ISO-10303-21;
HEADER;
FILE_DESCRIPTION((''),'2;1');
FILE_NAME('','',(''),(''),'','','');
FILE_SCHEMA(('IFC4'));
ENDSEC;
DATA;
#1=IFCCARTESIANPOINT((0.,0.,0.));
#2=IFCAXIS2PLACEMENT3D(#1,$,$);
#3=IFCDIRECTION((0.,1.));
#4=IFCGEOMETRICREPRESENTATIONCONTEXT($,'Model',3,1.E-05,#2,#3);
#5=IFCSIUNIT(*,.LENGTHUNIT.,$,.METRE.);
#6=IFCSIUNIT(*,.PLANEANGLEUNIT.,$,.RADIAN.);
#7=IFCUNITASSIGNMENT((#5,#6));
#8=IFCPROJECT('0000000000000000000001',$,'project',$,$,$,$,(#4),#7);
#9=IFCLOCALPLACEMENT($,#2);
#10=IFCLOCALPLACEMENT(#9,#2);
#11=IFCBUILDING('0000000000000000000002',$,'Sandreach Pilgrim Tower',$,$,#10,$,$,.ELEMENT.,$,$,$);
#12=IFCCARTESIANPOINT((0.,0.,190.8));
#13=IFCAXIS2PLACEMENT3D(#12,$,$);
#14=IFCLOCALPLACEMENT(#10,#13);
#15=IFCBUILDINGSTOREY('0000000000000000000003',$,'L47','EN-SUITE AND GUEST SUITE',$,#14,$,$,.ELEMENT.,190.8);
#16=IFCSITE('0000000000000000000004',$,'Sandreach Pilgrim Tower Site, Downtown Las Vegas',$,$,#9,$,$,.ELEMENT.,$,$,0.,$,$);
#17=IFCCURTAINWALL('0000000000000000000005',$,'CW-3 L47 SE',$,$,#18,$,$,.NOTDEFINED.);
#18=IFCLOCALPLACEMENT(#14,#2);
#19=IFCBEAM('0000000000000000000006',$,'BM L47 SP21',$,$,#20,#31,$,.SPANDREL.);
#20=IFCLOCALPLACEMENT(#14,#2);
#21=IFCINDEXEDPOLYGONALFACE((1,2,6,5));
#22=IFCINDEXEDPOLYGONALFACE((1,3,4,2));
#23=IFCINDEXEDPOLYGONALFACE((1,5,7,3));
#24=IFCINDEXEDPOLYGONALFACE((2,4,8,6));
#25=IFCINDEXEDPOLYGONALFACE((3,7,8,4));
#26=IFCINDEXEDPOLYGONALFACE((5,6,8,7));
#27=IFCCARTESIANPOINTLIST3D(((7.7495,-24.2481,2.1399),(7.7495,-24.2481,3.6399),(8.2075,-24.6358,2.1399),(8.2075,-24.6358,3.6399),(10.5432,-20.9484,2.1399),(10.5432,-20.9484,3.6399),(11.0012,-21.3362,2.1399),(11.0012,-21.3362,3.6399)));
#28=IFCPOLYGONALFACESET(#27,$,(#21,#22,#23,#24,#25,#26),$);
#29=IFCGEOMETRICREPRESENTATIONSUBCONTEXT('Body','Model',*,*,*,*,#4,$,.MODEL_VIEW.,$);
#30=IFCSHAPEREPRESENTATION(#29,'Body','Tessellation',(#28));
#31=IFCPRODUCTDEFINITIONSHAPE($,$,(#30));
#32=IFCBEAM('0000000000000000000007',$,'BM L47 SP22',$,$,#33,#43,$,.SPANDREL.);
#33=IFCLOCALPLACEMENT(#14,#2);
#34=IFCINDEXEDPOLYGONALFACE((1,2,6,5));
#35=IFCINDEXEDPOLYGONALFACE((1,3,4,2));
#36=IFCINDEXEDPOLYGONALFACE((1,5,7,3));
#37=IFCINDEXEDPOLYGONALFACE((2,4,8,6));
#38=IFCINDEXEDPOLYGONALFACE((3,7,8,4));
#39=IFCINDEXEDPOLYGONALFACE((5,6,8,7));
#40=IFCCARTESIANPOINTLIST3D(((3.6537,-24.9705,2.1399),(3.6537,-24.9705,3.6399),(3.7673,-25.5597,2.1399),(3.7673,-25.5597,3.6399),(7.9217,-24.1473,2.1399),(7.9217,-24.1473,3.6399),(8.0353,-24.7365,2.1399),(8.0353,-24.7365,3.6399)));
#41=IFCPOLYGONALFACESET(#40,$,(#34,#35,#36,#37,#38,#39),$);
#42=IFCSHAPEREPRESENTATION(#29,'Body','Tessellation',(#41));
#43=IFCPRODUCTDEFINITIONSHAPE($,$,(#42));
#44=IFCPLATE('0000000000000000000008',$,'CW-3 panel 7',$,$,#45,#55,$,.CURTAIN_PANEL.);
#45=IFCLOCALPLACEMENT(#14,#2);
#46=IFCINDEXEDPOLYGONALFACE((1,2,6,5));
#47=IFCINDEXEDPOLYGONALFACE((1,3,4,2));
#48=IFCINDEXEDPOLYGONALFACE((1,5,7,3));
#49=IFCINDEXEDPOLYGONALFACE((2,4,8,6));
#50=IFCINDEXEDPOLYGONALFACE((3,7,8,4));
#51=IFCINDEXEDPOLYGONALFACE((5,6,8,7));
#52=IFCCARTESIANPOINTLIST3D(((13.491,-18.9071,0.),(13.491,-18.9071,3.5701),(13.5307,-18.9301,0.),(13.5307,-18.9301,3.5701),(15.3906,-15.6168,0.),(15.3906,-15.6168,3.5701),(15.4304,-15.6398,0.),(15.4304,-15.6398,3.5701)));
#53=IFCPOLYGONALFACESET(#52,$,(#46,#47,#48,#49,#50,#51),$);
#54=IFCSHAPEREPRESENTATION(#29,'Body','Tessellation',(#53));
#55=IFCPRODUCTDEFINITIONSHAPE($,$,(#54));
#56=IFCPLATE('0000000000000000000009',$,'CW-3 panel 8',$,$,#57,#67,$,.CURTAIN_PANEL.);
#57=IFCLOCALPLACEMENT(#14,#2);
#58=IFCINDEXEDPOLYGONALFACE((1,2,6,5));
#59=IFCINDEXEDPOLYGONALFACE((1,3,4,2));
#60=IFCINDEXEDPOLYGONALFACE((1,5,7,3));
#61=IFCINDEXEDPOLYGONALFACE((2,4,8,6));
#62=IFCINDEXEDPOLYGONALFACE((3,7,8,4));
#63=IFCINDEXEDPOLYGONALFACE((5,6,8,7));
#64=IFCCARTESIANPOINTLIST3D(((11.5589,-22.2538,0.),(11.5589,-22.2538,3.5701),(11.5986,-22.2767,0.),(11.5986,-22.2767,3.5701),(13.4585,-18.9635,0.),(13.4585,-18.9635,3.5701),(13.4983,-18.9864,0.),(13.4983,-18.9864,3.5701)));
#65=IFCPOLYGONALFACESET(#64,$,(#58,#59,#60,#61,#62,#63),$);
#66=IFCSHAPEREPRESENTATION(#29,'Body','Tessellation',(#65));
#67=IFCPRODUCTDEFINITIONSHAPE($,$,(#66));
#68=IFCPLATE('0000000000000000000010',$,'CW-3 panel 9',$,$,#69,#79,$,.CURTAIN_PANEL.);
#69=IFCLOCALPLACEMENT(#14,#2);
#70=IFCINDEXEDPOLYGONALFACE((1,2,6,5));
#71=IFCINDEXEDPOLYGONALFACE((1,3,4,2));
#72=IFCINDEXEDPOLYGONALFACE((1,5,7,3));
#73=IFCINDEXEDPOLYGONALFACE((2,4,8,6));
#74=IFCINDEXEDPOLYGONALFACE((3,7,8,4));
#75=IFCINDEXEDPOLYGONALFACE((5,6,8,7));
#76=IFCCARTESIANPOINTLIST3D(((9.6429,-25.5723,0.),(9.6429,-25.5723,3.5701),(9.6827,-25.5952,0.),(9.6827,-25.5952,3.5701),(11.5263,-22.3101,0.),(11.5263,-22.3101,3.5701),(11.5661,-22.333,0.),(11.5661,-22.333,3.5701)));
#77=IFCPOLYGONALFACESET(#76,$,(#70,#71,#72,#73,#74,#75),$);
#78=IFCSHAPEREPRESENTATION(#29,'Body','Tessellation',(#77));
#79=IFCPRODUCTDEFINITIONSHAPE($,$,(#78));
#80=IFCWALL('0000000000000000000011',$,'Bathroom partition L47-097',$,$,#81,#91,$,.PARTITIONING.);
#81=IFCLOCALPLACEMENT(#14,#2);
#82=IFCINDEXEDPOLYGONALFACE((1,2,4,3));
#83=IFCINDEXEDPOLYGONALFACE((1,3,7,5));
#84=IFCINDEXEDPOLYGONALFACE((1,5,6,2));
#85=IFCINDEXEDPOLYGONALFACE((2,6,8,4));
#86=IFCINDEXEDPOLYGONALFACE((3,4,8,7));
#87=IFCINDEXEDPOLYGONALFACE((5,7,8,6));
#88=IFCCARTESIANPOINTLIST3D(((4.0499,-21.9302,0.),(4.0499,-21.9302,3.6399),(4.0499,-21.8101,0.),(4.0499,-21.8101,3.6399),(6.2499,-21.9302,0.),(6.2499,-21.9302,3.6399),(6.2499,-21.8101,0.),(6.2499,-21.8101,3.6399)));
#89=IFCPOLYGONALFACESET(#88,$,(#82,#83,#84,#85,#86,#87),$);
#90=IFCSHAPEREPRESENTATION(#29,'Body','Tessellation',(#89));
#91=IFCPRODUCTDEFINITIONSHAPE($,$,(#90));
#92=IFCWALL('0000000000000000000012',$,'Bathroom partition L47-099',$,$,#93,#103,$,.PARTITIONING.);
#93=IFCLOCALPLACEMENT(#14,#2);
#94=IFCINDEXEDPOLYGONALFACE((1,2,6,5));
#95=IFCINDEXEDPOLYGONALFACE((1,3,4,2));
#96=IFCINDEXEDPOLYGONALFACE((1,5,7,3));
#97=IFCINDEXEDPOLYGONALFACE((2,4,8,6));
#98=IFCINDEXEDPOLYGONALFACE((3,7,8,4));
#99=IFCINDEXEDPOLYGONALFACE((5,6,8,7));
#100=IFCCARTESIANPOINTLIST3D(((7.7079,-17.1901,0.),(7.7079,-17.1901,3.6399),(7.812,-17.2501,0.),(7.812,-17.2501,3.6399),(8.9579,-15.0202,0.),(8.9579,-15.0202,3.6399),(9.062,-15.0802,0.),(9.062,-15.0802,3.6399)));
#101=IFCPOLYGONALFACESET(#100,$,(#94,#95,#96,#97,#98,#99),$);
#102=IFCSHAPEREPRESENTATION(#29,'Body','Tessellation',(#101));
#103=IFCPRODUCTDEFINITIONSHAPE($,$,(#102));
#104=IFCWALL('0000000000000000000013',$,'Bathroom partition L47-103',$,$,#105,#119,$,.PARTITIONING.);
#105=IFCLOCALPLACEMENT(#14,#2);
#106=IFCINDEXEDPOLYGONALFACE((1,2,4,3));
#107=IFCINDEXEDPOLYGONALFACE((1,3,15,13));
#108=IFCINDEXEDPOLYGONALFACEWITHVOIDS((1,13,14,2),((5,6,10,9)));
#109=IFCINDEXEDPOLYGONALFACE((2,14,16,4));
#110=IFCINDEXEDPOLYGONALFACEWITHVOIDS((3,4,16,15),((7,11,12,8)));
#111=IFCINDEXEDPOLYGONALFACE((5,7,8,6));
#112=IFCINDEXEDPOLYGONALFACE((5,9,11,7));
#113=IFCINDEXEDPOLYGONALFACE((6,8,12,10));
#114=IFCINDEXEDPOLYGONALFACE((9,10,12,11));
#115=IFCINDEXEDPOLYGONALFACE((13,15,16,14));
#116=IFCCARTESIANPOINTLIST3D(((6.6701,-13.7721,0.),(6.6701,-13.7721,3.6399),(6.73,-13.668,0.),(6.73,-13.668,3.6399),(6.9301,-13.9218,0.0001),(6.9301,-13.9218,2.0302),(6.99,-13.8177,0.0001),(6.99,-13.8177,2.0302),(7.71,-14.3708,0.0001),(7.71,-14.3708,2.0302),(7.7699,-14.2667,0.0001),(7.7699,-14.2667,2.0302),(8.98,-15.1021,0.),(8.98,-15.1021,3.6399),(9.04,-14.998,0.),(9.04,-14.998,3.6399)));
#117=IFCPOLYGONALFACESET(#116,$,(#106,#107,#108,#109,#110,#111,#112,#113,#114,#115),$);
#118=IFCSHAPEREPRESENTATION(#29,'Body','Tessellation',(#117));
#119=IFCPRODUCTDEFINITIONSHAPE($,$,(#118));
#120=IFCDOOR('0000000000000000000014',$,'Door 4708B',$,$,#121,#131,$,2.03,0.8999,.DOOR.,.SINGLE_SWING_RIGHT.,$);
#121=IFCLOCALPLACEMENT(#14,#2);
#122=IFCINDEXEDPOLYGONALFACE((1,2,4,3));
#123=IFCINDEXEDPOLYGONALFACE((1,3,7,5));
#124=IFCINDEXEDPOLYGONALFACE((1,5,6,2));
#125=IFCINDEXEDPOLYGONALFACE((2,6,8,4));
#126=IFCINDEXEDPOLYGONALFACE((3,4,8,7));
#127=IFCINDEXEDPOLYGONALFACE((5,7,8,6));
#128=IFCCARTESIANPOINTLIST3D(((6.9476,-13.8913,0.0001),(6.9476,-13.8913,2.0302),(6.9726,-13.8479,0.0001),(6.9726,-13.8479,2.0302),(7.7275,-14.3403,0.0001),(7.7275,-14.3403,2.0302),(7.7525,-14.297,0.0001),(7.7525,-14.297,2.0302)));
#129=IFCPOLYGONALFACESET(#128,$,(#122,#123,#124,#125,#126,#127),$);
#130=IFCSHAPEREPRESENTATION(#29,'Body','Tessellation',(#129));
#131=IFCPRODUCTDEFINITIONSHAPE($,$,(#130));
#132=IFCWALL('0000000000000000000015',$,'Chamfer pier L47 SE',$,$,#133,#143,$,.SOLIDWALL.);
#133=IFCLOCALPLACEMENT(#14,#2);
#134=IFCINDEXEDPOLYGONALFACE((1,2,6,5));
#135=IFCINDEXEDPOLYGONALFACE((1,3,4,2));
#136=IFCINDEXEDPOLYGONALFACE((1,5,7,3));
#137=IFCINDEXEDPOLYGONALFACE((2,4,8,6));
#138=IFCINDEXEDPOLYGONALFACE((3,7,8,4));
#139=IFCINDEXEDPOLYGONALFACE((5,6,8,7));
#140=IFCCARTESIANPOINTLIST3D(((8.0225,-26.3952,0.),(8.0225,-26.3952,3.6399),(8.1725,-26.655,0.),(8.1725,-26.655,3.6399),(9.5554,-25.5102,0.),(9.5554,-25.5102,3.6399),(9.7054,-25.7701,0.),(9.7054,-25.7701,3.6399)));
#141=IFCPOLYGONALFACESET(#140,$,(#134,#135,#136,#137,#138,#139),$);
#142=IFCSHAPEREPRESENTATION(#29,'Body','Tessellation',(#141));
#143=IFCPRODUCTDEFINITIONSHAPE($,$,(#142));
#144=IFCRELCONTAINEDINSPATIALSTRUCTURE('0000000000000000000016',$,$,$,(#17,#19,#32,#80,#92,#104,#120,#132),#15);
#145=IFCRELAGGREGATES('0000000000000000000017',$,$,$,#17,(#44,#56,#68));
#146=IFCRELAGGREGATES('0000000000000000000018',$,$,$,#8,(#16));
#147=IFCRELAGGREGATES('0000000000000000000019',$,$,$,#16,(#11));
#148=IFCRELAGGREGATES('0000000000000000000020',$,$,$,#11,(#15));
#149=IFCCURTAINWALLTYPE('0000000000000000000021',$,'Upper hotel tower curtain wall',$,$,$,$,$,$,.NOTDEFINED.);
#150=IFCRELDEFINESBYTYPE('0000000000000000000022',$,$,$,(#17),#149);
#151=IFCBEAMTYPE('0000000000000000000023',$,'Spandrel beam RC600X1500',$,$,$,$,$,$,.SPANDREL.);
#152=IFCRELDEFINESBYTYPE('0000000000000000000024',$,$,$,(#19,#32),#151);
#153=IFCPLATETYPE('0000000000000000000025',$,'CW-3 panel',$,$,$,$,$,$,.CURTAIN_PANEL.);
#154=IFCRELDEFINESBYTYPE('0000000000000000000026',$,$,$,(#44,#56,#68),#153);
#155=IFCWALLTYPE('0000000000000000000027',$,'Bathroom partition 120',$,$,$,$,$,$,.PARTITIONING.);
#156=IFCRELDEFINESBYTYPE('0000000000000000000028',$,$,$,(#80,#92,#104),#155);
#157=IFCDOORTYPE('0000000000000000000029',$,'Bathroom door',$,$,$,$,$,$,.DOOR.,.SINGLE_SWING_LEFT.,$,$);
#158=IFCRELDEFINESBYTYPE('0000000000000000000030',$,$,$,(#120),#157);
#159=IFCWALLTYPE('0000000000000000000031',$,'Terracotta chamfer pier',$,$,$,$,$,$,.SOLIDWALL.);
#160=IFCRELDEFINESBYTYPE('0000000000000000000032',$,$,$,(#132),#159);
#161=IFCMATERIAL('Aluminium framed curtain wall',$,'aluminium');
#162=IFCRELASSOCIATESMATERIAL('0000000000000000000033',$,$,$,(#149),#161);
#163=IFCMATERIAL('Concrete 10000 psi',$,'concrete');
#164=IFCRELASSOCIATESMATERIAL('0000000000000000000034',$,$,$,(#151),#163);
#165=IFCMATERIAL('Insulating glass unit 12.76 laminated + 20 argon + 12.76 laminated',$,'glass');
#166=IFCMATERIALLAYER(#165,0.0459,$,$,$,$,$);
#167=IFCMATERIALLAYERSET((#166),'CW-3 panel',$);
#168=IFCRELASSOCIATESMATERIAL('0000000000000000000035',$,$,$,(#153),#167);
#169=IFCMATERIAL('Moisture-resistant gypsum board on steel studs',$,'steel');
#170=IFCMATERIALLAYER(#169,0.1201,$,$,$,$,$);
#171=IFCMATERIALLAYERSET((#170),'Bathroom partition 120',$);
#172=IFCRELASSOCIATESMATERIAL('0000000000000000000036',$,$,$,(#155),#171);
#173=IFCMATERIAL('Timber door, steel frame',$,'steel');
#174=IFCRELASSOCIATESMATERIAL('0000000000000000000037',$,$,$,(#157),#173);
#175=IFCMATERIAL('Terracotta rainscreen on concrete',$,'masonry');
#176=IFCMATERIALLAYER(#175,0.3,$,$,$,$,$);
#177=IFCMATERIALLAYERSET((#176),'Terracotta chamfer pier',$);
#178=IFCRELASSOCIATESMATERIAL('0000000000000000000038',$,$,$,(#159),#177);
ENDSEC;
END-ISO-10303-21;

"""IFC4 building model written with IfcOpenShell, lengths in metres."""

from ifc_helpers import new_model, si_unit, direction, frame, frame_2d, origin, origin_2d, place, context, subcontext, project, spatial, rectangle, extrude, material, layer, layer_set, material_profile, profile_set, type_object, element, fill, aggregate, save


model = new_model("IFC4")

# Units and contexts
model_context = context("Model", 3, precision=1e-05, world=origin(), true_north=direction((0.0, 1.0)))
body_context = subcontext(model_context, "Body", "Model", "MODEL_VIEW")
ifc_project = project(units=[si_unit("LENGTHUNIT", "METRE"), si_unit("PLANEANGLEUNIT", "RADIAN")], contexts=[model_context])

# Site, building, storey
site_placement = place(None, origin())
site = spatial("IfcSite", under=ifc_project, at=site_placement, Name="Sandreach Pilgrim Tower Site, Downtown Las Vegas", CompositionType="ELEMENT", RefElevation=0.0)
building_placement = place(site_placement, origin())
building = spatial("IfcBuilding", under=site, at=building_placement, Name="Sandreach Pilgrim Tower", CompositionType="ELEMENT")
storey_placement = place(building_placement, frame((0.0, 0.0, 190.8)))
storey = spatial("IfcBuildingStorey", under=building, at=storey_placement, Name="L47", Description="EN-SUITE AND GUEST SUITE", CompositionType="ELEMENT", Elevation=190.8)

# Curtain wall
ifc_material_1 = material(Name="Aluminium framed curtain wall", Category="aluminium")
curtain_wall_type = type_object("IfcCurtainWallType", Name="Upper hotel tower curtain wall", PredefinedType="NOTDEFINED", material=ifc_material_1)
curtain_wall_1_placement = place(storey_placement, origin())
curtain_wall_1 = element("IfcCurtainWall", 1, at=curtain_wall_1_placement, inside=storey, type_object=curtain_wall_type, Name="CW-3 L47 SE", PredefinedType="NOTDEFINED")

# Beams
ifc_material_2 = material(Name="Concrete 10000 psi", Category="concrete")
ifc_material_profile_1 = material_profile(ifc_material_2, rectangle(XDim=0.6001, YDim=1.5, at=origin_2d()), Name="RC600X1500")
ifc_profile_set_1 = profile_set([ifc_material_profile_1], Name="Concrete 10000 psi")
beam_type_1 = type_object("IfcBeamType", Name="Spandrel beam RC600X1500", PredefinedType="SPANDREL", material=ifc_profile_set_1)
beam_1_placement = place(storey_placement, frame((10.7722, -21.1423, 2.8899), z_axis=(-0.64618, -0.763185, 0.0), x_axis=(0.763185, -0.64618, 0.0)))
element("IfcBeam", 2, at=beam_1_placement, inside=storey, type_object=beam_type_1, Name="BM L47 SP21", PredefinedType="SPANDREL", context=body_context, shape_type="SweptSolid", body=[
    extrude(rectangle(XDim=0.6001, YDim=1.5, at=origin_2d()), origin(), (0.0, 0.0, 1.0), 4.3235),
])
beam_2_placement = place(storey_placement, frame((7.9785, -24.4419, 2.8899), z_axis=(-0.981901, -0.189393, 0.0), x_axis=(0.189393, -0.981901, 0.0)))
element("IfcBeam", 3, at=beam_2_placement, inside=storey, type_object=beam_type_1, Name="BM L47 SP22", PredefinedType="SPANDREL", context=body_context, shape_type="SweptSolid", body=[
    extrude(rectangle(XDim=0.6001, YDim=1.5, at=origin_2d()), origin(), (0.0, 0.0, 1.0), 4.3467),
])

# Plates
ifc_material_3 = material(Name="Insulating glass unit 12.76 laminated + 20 argon + 12.76 laminated", Category="glass")
ifc_layer_1 = layer(ifc_material_3, 0.0459)
ifc_layer_set_1 = layer_set([ifc_layer_1], Name="CW-3 panel")
plate_type = type_object("IfcPlateType", Name="CW-3 panel", PredefinedType="CURTAIN_PANEL", material=ifc_layer_set_1)
plate_1_placement = place(storey_placement, frame((14.4607, -17.2734, 0.0), z_axis=(0.0, 0.0, 1.0), x_axis=(-0.5, -0.866025, 0.0)))
plate_1 = element("IfcPlate", 4, at=plate_1_placement, type_object=plate_type, Name="CW-3 panel 7", PredefinedType="CURTAIN_PANEL", context=body_context, shape_type="SweptSolid", body=[
    extrude(rectangle(XDim=3.7993, YDim=0.0459, at=origin_2d()), origin(), (0.0, 0.0, 1.0), 3.5701),
])
plate_2_placement = place(storey_placement, frame((12.5286, -20.6201, 0.0), z_axis=(0.0, 0.0, 1.0), x_axis=(-0.5, -0.866025, 0.0)))
plate_2 = element("IfcPlate", 5, at=plate_2_placement, type_object=plate_type, Name="CW-3 panel 8", PredefinedType="CURTAIN_PANEL", context=body_context, shape_type="SweptSolid", body=[
    extrude(rectangle(XDim=3.7993, YDim=0.0459, at=origin_2d()), origin(), (0.0, 0.0, 1.0), 3.5701),
])
plate_3_placement = place(storey_placement, frame((10.6045, -23.9526, 0.0), z_axis=(0.0, 0.0, 1.0), x_axis=(-0.5, -0.866025, 0.0)))
plate_3 = element("IfcPlate", 6, at=plate_3_placement, type_object=plate_type, Name="CW-3 panel 9", PredefinedType="CURTAIN_PANEL", context=body_context, shape_type="SweptSolid", body=[
    extrude(rectangle(XDim=3.7668, YDim=0.0459, at=origin_2d()), origin(), (0.0, 0.0, 1.0), 3.5701),
])
aggregate(curtain_wall_1, [plate_1, plate_2, plate_3])

# Walls
ifc_material_4 = material(Name="Moisture-resistant gypsum board on steel studs", Category="steel")
ifc_layer_2 = layer(ifc_material_4, 0.1201)
ifc_layer_set_2 = layer_set([ifc_layer_2], Name="Bathroom partition 120")
wall_type_1 = type_object("IfcWallType", Name="Bathroom partition 120", PredefinedType="PARTITIONING", material=ifc_layer_set_2)
wall_1_placement = place(storey_placement, frame((6.25, -21.8701, 0.0), z_axis=(0.0, 0.0, 1.0), x_axis=(-1.0, 0.0, 0.0)))
element("IfcWall", 7, at=wall_1_placement, inside=storey, type_object=wall_type_1, Name="Bathroom partition L47-097", PredefinedType="PARTITIONING", context=body_context, shape_type="SweptSolid", body=[
    extrude(rectangle(XDim=2.2, YDim=0.1201, at=frame_2d((1.1001, 0.0))), origin(), (0.0, 0.0, 1.0), 3.6399),
])
wall_2_placement = place(storey_placement, frame((7.76, -17.22, 0.0), z_axis=(0.0, 0.0, 1.0), x_axis=(0.49916, 0.86651, 0.0)))
element("IfcWall", 8, at=wall_2_placement, inside=storey, type_object=wall_type_1, Name="Bathroom partition L47-099", PredefinedType="PARTITIONING", context=body_context, shape_type="SweptSolid", body=[
    extrude(rectangle(XDim=2.5042, YDim=0.1201, at=frame_2d((1.252, 0.0))), origin(), (0.0, 0.0, 1.0), 3.6399),
])

# Wall, opening, door
wall_3_placement = place(storey_placement, frame((9.01, -15.05, 0.0), z_axis=(0.0, 0.0, 1.0), x_axis=(-0.866615, 0.498977, 0.0)))
wall_3 = element("IfcWall", 9, at=wall_3_placement, inside=storey, type_object=wall_type_1, Name="Bathroom partition L47-103", PredefinedType="PARTITIONING", context=body_context, shape_type="SweptSolid", body=[
    extrude(rectangle(XDim=2.6655, YDim=0.1201, at=frame_2d((1.3328, 0.0))), origin(), (0.0, 0.0, 1.0), 3.6399),
])
opening_placement = place(wall_3_placement, frame((1.4656, 0.0, 0.0)))
opening = element("IfcOpeningElement", 10, at=opening_placement, cuts=wall_3, PredefinedType="OPENING", context=body_context, shape_type="SweptSolid", body=[
    extrude(rectangle(XDim=0.8999, YDim=2.03, at=frame_2d((0.45, 1.0151))), frame((0.0, 0.0601, 0.0), z_axis=(0.0, -1.0, 0.0), x_axis=(1.0, 0.0, 0.0)), (0.0, 0.0, 1.0), 0.1201),
])
ifc_material_5 = material(Name="Timber door, steel frame", Category="steel")
door_type = type_object("IfcDoorType", Name="Bathroom door", OperationType="SINGLE_SWING_LEFT", PredefinedType="DOOR", material=ifc_material_5)
door_placement = place(opening_placement, origin())
door = element("IfcDoor", 11, at=door_placement, inside=storey, type_object=door_type, Name="Door 4708B", OperationType="SINGLE_SWING_RIGHT", OverallHeight=2.03, OverallWidth=0.8999, PredefinedType="DOOR", context=body_context, shape_type="SweptSolid", body=[
    extrude(rectangle(XDim=0.8999, YDim=2.03, at=frame_2d((0.45, 1.0151))), frame((0.0, 0.0249, 0.0), z_axis=(0.0, -1.0, 0.0), x_axis=(1.0, 0.0, 0.0)), (0.0, 0.0, 1.0), 0.05),
])
fill(opening, door)

# Wall
ifc_material_6 = material(Name="Terracotta rainscreen on concrete", Category="masonry")
ifc_layer_3 = layer(ifc_material_6, 0.3)
ifc_layer_set_3 = layer_set([ifc_layer_3], Name="Terracotta chamfer pier")
wall_type_2 = type_object("IfcWallType", Name="Terracotta chamfer pier", PredefinedType="SOLIDWALL", material=ifc_layer_set_3)
wall_4_placement = place(storey_placement, frame((9.6304, -25.6401, 0.0), z_axis=(0.0, 0.0, 1.0), x_axis=(-0.866036, -0.499981, 0.0)))
element("IfcWall", 12, at=wall_4_placement, inside=storey, type_object=wall_type_2, Name="Chamfer pier L47 SE", PredefinedType="SOLIDWALL", context=body_context, shape_type="SweptSolid", body=[
    extrude(rectangle(XDim=1.77, YDim=0.3, at=frame_2d((0.885, 0.0))), origin(), (0.0, 0.0, 1.0), 3.6399),
])

save(model, "model.ifc")
